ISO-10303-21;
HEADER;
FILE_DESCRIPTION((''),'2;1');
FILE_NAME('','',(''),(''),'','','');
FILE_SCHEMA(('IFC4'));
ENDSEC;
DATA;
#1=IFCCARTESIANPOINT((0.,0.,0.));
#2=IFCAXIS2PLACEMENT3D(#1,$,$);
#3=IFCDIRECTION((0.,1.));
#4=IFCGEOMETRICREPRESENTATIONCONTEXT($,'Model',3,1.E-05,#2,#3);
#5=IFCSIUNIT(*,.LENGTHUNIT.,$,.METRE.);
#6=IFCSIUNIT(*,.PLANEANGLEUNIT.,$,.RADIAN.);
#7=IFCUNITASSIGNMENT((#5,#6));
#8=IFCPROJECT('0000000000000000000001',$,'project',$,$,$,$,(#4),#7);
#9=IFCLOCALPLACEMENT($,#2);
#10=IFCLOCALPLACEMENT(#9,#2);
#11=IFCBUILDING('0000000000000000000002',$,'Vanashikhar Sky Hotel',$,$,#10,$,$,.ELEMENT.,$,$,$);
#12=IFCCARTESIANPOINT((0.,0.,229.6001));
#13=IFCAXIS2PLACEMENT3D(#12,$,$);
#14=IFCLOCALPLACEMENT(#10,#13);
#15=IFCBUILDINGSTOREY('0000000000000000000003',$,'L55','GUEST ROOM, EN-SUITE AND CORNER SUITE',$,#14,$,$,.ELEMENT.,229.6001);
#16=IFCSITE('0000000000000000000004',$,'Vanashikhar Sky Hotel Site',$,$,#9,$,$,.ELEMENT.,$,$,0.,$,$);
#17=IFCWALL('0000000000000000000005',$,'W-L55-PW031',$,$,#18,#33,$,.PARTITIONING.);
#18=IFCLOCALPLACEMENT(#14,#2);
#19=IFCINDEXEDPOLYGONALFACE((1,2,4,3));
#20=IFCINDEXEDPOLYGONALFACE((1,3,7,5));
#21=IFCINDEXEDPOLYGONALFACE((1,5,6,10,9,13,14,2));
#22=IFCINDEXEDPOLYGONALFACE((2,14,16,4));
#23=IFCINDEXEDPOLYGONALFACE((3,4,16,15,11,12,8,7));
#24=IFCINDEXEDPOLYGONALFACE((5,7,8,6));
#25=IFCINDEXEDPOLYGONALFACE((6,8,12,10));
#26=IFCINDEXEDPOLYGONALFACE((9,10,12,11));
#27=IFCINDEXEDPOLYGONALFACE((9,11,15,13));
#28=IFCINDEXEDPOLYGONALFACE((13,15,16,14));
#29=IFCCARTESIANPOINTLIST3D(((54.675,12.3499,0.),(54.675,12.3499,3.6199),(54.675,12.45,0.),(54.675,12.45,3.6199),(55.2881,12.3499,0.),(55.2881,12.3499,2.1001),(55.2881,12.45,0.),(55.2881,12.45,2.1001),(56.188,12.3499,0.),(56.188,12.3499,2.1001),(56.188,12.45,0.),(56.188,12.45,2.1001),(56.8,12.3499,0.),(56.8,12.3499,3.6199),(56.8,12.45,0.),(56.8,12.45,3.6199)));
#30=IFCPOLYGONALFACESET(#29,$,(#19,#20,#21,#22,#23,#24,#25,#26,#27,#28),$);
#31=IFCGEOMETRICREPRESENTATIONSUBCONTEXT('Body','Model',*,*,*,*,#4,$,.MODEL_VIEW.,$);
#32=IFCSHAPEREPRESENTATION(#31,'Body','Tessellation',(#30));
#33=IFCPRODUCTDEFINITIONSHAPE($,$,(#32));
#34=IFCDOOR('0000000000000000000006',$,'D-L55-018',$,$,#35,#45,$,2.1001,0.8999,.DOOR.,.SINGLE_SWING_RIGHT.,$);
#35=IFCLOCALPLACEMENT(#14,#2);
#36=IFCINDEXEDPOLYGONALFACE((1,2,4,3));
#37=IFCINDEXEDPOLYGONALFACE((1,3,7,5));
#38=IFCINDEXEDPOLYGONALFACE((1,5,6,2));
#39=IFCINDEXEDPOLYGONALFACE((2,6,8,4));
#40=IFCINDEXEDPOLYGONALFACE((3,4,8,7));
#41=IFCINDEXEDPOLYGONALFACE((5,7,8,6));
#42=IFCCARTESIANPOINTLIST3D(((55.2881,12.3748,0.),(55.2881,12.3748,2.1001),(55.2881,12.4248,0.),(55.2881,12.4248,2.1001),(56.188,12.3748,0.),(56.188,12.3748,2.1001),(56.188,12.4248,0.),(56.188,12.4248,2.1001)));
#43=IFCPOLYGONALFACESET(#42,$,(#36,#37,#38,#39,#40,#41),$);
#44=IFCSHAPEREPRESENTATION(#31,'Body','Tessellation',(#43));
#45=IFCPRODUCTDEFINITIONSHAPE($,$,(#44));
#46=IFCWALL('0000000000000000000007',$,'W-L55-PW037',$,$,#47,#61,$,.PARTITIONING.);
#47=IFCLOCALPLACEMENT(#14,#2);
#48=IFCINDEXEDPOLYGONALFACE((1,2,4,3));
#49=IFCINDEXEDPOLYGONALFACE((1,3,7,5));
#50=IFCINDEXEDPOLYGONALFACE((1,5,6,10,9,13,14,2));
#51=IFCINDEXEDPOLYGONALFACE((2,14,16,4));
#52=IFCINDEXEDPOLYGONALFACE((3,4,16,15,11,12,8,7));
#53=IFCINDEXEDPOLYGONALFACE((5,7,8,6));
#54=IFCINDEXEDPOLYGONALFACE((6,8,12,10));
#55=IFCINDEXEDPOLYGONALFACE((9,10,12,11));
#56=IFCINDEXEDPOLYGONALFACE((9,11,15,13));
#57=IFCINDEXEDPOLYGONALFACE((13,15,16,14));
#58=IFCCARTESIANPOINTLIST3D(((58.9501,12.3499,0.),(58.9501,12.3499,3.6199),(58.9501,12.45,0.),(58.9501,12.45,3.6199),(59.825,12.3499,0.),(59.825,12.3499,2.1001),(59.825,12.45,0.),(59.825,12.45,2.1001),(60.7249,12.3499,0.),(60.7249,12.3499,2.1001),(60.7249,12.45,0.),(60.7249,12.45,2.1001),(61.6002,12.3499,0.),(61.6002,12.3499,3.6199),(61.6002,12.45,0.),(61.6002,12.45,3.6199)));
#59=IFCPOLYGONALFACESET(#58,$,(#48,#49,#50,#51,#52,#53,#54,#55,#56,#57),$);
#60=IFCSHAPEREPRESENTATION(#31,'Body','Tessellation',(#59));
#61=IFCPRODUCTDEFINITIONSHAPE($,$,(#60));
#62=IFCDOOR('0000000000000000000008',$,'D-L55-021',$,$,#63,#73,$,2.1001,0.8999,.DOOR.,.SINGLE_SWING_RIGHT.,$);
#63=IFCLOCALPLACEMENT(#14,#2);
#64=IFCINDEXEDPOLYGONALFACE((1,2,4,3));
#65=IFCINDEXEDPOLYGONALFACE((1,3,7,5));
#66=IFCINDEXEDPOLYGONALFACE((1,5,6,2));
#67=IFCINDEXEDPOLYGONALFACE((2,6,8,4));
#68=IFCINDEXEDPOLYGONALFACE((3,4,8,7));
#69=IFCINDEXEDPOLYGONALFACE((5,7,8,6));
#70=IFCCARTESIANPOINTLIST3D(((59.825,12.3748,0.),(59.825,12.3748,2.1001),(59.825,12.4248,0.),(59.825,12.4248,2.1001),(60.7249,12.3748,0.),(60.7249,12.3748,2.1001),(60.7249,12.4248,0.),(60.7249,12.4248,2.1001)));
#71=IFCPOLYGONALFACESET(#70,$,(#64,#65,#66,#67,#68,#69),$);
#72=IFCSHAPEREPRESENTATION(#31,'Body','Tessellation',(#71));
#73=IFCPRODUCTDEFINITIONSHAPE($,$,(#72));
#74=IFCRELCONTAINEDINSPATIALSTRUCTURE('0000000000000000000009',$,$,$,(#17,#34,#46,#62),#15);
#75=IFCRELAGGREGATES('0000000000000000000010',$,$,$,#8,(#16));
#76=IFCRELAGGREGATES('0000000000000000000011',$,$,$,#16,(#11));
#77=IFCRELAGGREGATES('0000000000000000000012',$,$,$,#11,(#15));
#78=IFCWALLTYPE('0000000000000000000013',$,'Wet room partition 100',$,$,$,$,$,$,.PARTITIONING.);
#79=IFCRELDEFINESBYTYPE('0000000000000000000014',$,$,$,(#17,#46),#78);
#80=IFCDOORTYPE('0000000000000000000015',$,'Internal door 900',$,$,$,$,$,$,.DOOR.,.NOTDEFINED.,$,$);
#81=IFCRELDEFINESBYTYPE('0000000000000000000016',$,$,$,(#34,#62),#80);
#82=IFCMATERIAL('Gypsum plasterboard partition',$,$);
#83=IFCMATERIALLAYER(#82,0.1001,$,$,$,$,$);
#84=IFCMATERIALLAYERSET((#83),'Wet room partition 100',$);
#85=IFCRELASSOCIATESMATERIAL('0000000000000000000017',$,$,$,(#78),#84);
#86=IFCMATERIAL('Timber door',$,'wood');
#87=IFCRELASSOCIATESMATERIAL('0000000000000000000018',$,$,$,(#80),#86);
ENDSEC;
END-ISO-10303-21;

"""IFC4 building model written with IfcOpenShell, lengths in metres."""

from ifc_helpers import new_model, si_unit, direction, frame, frame_2d, origin, place, context, subcontext, project, spatial, rectangle, extrude, source, transform, mapped, material, layer, layer_set, type_object, element, fill, save


model = new_model("IFC4")

# Units and contexts
model_context = context("Model", 3, precision=1e-05, world=origin(), true_north=direction((0.0, 1.0)))
body_context = subcontext(model_context, "Body", "Model", "MODEL_VIEW")
ifc_project = project(units=[si_unit("LENGTHUNIT", "METRE"), si_unit("PLANEANGLEUNIT", "RADIAN")], contexts=[model_context])

# Site, building, storey
site_placement = place(None, origin())
site = spatial("IfcSite", under=ifc_project, at=site_placement, Name="Vanashikhar Sky Hotel Site", CompositionType="ELEMENT", RefElevation=0.0)
building_placement = place(site_placement, origin())
building = spatial("IfcBuilding", under=site, at=building_placement, Name="Vanashikhar Sky Hotel", CompositionType="ELEMENT")
storey_placement = place(building_placement, frame((0.0, 0.0, 229.6001)))
storey = spatial("IfcBuildingStorey", under=building, at=storey_placement, Name="L55", Description="GUEST ROOM, EN-SUITE AND CORNER SUITE", CompositionType="ELEMENT", Elevation=229.6001)

# Shared definitions
ifc_material_1 = material(Name="Gypsum plasterboard partition")

# Shared definitions
ifc_layer_1 = layer(ifc_material_1, 0.1001)
ifc_layer_set_1 = layer_set([ifc_layer_1], Name="Wet room partition 100")
wall_type_1 = type_object("IfcWallType", Name="Wet room partition 100", PredefinedType="PARTITIONING", material=ifc_layer_set_1)

# Walls, openings, doors
shared_shape_1 = source(origin(), body_context, "Body", "SweptSolid", [
    extrude(rectangle(XDim=2.125, YDim=0.1001, at=frame_2d((1.0625, 0.0))), origin(), (0.0, 0.0, 1.0), 3.6199),
])
shared_shape_2 = source(origin(), body_context, "Body", "SweptSolid", [
    extrude(rectangle(XDim=0.8999, YDim=2.1001, at=frame_2d((0.45, 1.05))), frame((0.0, 0.0601, 0.0), z_axis=(0.0, -1.0, 0.0), x_axis=(1.0, 0.0, 0.0)), (0.0, 0.0, 1.0), 0.1201),
])
ifc_material_2 = material(Name="Timber door", Category="wood")
door_type_1 = type_object("IfcDoorType", Name="Internal door 900", OperationType="NOTDEFINED", PredefinedType="DOOR", material=ifc_material_2)
shared_shape_3 = source(origin(), body_context, "Body", "SweptSolid", [
    extrude(rectangle(XDim=0.8999, YDim=2.1001, at=frame_2d((0.45, 1.05))), frame((0.0, 0.0249, 0.0), z_axis=(0.0, -1.0, 0.0), x_axis=(1.0, 0.0, 0.0)), (0.0, 0.0, 1.0), 0.05),
])
wall_1_placement = place(storey_placement, frame((54.675, 12.3999, 0.0), z_axis=(0.0, 0.0, 1.0), x_axis=(1.0, 0.0, 0.0)))
wall_1 = element("IfcWall", 1, at=wall_1_placement, inside=storey, type_object=wall_type_1, Name="W-L55-PW031", PredefinedType="PARTITIONING", context=body_context, shape_type="MappedRepresentation", body=[
    mapped(shared_shape_1, transform((0.0, 0.0, 0.0), scale=1.0)),
])
opening_1_placement = place(wall_1_placement, frame((0.613, 0.0, 0.0)))
opening_1 = element("IfcOpeningElement", 2, at=opening_1_placement, cuts=wall_1, PredefinedType="OPENING", context=body_context, shape_type="MappedRepresentation", body=[
    mapped(shared_shape_2, transform((0.0, 0.0, 0.0), scale=1.0)),
])
door_1_placement = place(opening_1_placement, origin())
door_1 = element("IfcDoor", 3, at=door_1_placement, inside=storey, type_object=door_type_1, Name="D-L55-018", OperationType="SINGLE_SWING_RIGHT", OverallHeight=2.1001, OverallWidth=0.8999, PredefinedType="DOOR", context=body_context, shape_type="MappedRepresentation", body=[
    mapped(shared_shape_3, transform((0.0, 0.0, 0.0), scale=1.0)),
])
fill(opening_1, door_1)
shared_shape_4 = source(origin(), body_context, "Body", "SweptSolid", [
    extrude(rectangle(XDim=2.6501, YDim=0.1001, at=frame_2d((1.3252, 0.0))), origin(), (0.0, 0.0, 1.0), 3.6199),
])
wall_2_placement = place(storey_placement, frame((58.95, 12.3999, 0.0), z_axis=(0.0, 0.0, 1.0), x_axis=(1.0, 0.0, 0.0)))
wall_2 = element("IfcWall", 4, at=wall_2_placement, inside=storey, type_object=wall_type_1, Name="W-L55-PW037", PredefinedType="PARTITIONING", context=body_context, shape_type="MappedRepresentation", body=[
    mapped(shared_shape_4, transform((0.0, 0.0, 0.0), scale=1.0)),
])
opening_2_placement = place(wall_2_placement, frame((0.875, 0.0, 0.0)))
opening_2 = element("IfcOpeningElement", 5, at=opening_2_placement, cuts=wall_2, PredefinedType="OPENING", context=body_context, shape_type="MappedRepresentation", body=[
    mapped(shared_shape_2, transform((0.0, 0.0, 0.0), scale=1.0)),
])
door_2_placement = place(opening_2_placement, origin())
door_2 = element("IfcDoor", 6, at=door_2_placement, inside=storey, type_object=door_type_1, Name="D-L55-021", OperationType="SINGLE_SWING_RIGHT", OverallHeight=2.1001, OverallWidth=0.8999, PredefinedType="DOOR", context=body_context, shape_type="MappedRepresentation", body=[
    mapped(shared_shape_3, transform((0.0, 0.0, 0.0), scale=1.0)),
])
fill(opening_2, door_2)

save(model, "model.ifc")
